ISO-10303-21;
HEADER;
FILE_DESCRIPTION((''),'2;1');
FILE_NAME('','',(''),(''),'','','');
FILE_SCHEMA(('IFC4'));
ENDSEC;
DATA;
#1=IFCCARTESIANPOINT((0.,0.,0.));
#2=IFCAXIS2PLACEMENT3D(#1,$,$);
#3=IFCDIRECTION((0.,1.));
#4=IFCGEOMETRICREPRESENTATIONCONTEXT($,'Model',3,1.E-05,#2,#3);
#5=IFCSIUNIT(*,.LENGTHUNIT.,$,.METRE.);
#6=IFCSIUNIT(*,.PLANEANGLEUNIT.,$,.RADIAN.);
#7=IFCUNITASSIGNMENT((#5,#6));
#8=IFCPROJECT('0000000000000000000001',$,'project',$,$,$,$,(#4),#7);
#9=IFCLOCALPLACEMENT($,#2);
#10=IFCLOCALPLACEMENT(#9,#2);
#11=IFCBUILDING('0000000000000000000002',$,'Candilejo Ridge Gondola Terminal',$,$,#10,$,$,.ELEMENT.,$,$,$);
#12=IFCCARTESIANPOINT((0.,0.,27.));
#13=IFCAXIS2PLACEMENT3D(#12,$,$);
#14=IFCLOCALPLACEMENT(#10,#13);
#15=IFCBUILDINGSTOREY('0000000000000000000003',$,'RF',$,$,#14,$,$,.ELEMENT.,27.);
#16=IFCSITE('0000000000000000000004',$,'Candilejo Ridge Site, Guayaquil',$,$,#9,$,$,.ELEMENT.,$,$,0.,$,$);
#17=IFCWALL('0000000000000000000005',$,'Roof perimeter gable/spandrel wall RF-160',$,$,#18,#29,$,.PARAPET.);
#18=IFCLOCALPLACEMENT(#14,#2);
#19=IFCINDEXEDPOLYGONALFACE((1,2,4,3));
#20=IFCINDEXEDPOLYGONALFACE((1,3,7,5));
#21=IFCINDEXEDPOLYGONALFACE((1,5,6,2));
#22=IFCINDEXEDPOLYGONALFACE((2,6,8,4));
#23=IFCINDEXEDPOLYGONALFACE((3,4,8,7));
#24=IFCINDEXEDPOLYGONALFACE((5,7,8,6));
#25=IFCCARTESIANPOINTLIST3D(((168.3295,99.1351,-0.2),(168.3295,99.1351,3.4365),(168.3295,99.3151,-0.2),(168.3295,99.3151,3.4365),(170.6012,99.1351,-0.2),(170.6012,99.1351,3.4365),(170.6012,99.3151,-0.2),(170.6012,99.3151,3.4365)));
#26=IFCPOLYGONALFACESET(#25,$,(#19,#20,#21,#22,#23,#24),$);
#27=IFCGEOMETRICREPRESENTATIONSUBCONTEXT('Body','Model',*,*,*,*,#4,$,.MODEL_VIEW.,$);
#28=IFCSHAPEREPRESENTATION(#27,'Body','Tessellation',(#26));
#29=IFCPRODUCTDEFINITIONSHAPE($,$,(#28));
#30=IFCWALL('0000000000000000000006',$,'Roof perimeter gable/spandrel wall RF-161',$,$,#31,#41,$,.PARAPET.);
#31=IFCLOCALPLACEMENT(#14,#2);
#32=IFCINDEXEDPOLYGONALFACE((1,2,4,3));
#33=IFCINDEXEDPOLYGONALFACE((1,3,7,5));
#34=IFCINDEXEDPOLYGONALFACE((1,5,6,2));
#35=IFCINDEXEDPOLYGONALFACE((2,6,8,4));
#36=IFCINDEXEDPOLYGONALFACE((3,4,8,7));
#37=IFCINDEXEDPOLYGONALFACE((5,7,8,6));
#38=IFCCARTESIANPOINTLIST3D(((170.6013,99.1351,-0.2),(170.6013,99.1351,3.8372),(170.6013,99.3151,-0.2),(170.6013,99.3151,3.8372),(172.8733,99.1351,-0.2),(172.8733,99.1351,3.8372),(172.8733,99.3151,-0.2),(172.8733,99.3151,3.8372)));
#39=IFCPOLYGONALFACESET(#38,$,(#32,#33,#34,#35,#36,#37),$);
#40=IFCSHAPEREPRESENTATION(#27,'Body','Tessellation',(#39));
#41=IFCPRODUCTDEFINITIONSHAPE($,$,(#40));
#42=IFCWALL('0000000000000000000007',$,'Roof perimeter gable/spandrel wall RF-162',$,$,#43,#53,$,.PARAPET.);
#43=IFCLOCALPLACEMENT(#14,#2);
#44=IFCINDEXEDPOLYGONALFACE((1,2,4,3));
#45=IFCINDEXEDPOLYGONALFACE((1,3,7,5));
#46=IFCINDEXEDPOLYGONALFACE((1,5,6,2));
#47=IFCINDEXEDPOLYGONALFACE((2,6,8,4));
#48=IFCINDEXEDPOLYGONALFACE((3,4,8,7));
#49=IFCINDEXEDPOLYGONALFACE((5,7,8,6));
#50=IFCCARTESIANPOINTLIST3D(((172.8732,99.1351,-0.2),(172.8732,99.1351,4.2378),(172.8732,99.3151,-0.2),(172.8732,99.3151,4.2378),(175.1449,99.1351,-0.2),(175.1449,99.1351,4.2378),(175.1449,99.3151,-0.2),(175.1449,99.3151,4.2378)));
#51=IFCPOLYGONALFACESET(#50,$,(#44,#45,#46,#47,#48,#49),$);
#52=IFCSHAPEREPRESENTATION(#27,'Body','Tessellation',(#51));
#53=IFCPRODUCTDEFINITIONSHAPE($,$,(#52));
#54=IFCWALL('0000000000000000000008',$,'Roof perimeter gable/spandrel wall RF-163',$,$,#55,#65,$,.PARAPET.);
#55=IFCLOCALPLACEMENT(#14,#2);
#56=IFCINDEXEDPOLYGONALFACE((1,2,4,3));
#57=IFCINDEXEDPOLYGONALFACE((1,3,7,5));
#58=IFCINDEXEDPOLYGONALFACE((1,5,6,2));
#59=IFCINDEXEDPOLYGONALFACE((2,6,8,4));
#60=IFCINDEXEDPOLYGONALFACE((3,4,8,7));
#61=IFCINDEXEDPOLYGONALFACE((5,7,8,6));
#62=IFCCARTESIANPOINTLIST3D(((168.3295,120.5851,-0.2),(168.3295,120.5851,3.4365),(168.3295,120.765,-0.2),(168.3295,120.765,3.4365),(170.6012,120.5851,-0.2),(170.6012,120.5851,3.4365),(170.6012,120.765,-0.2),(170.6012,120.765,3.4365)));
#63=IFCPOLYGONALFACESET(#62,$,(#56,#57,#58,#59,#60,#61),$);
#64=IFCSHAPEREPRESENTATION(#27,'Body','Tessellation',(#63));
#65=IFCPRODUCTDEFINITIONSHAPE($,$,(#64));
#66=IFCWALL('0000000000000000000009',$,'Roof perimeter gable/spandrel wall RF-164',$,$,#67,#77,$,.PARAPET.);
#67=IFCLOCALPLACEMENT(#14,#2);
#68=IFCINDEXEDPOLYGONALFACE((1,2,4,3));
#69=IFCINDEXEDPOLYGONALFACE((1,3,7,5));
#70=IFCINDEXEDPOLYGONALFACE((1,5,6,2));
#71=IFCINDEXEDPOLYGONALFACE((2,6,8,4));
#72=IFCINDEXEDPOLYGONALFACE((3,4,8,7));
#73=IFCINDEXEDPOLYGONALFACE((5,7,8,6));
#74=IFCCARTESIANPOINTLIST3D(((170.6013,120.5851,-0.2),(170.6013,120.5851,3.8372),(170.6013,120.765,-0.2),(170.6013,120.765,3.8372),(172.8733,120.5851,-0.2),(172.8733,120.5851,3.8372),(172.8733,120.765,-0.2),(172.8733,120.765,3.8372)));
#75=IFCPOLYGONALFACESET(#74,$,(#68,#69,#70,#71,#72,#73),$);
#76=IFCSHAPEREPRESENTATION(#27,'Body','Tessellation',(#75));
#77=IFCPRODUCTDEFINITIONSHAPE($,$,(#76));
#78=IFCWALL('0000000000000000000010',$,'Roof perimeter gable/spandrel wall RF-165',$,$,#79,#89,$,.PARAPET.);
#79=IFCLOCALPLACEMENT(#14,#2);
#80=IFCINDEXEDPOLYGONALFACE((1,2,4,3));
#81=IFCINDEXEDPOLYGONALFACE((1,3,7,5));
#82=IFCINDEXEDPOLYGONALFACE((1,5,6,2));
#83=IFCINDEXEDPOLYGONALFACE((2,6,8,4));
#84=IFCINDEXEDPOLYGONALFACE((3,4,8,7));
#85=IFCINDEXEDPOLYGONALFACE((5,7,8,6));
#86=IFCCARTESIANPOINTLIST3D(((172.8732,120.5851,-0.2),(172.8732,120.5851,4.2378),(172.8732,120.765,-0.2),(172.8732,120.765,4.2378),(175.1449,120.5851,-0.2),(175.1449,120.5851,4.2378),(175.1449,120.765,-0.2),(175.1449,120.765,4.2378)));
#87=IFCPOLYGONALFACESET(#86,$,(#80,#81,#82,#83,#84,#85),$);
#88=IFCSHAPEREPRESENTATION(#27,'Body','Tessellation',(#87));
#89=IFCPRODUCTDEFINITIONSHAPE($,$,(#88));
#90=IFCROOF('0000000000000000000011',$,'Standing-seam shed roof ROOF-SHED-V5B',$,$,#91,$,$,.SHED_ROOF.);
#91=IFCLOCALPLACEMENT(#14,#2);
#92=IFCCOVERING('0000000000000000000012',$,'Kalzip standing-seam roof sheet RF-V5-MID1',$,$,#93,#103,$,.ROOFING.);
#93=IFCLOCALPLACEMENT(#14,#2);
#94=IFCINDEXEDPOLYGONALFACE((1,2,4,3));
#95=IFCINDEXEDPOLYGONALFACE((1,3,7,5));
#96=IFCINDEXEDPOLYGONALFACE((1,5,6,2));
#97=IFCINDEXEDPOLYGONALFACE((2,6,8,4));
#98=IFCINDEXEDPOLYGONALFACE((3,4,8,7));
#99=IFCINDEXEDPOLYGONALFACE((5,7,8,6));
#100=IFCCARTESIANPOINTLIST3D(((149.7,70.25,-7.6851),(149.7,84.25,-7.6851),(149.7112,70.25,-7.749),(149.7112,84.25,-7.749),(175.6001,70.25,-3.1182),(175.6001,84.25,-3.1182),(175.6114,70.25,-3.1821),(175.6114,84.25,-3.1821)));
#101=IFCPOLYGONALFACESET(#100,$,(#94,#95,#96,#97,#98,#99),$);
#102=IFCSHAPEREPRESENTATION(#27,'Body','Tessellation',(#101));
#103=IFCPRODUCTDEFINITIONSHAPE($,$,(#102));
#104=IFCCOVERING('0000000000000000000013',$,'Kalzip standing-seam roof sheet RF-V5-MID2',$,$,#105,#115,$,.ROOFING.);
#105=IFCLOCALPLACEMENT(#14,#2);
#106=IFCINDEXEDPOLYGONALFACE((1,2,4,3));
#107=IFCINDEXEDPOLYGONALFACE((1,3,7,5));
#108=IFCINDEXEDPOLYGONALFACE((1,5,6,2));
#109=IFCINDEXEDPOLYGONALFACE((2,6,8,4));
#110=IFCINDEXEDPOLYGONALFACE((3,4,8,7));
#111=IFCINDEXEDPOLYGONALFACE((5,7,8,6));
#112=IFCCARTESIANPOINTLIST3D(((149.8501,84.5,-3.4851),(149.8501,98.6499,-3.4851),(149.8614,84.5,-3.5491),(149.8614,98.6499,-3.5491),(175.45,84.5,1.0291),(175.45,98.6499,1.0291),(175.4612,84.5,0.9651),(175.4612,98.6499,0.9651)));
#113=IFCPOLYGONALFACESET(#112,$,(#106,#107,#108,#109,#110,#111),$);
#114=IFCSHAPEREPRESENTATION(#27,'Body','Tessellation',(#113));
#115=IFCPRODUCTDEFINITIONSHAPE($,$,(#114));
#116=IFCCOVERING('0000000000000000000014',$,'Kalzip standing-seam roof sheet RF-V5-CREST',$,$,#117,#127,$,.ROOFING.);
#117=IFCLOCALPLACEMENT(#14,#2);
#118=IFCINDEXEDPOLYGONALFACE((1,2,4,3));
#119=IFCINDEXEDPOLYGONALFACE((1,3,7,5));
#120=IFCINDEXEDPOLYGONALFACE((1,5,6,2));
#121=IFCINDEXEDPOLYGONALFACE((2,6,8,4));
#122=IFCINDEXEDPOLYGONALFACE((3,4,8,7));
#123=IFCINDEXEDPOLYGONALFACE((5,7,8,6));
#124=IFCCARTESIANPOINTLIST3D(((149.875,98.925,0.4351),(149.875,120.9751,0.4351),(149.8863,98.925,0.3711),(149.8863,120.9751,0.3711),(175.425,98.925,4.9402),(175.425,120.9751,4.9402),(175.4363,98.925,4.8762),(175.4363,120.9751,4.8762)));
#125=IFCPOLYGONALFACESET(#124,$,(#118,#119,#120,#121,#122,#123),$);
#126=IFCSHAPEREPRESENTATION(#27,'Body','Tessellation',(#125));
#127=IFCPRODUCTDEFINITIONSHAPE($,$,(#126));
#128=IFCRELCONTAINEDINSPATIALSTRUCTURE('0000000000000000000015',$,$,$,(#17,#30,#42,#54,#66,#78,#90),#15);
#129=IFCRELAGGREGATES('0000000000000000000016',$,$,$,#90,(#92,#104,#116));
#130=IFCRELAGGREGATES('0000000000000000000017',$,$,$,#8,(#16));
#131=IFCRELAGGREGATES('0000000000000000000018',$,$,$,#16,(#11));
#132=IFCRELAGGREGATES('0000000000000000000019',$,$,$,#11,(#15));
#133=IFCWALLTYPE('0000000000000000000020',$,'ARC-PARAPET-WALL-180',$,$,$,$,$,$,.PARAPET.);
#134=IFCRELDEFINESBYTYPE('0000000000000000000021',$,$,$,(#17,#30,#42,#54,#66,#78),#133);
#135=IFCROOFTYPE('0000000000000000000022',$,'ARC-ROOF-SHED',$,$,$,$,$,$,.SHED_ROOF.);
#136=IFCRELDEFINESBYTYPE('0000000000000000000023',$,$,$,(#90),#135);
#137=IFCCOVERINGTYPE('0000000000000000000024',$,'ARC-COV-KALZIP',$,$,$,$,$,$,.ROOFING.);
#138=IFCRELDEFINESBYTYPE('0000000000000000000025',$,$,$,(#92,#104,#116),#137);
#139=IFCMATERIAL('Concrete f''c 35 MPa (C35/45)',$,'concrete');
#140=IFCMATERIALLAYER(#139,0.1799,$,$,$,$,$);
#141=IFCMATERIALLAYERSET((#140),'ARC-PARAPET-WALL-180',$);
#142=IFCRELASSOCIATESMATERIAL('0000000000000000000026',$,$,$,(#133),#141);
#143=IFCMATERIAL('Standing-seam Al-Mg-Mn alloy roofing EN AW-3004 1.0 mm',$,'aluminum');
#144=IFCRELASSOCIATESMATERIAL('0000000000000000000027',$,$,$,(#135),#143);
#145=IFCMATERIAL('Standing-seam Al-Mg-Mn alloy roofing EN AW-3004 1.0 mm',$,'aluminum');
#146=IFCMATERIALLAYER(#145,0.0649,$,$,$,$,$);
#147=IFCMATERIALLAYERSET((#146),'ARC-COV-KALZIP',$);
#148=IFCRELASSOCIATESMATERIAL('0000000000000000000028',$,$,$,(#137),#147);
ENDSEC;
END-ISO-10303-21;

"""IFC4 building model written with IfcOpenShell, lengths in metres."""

from ifc_helpers import new_model, si_unit, direction, frame, frame_2d, origin, place, context, subcontext, project, spatial, polyline, rectangle, outline, extrude, material, layer, layer_set, type_object, element, aggregate, save


model = new_model("IFC4")

# Units and contexts
model_context = context("Model", 3, precision=1e-05, world=origin(), true_north=direction((0.0, 1.0)))
body_context = subcontext(model_context, "Body", "Model", "MODEL_VIEW")
ifc_project = project(units=[si_unit("LENGTHUNIT", "METRE"), si_unit("PLANEANGLEUNIT", "RADIAN")], contexts=[model_context])

# Site, building, storey
site_placement = place(None, origin())
site = spatial("IfcSite", under=ifc_project, at=site_placement, Name="Candilejo Ridge Site, Guayaquil", CompositionType="ELEMENT", RefElevation=0.0)
building_placement = place(site_placement, origin())
building = spatial("IfcBuilding", under=site, at=building_placement, Name="Candilejo Ridge Gondola Terminal", CompositionType="ELEMENT")
storey_placement = place(building_placement, frame((0.0, 0.0, 27.0)))
storey = spatial("IfcBuildingStorey", under=building, at=storey_placement, Name="RF", CompositionType="ELEMENT", Elevation=27.0)

# Walls
ifc_material_1 = material(Name="Concrete f'c 35 MPa (C35/45)", Category="concrete")
ifc_layer_1 = layer(ifc_material_1, 0.1799)
ifc_layer_set_1 = layer_set([ifc_layer_1], Name="ARC-PARAPET-WALL-180")
wall_type = type_object("IfcWallType", Name="ARC-PARAPET-WALL-180", PredefinedType="PARAPET", material=ifc_layer_set_1)
wall_1_placement = place(storey_placement, frame((168.3296, 99.2251, -0.2), z_axis=(0.0, 0.0, 1.0), x_axis=(1.0, 0.0, 0.0)))
element("IfcWall", 1, at=wall_1_placement, inside=storey, type_object=wall_type, Name="Roof perimeter gable/spandrel wall RF-160", PredefinedType="PARAPET", context=body_context, shape_type="SweptSolid", body=[
    extrude(rectangle(XDim=2.2717, YDim=0.1799, at=frame_2d((1.1357, 0.0))), origin(), (0.0, 0.0, 1.0), 3.6365),
])
wall_2_placement = place(storey_placement, frame((170.6013, 99.2251, -0.2), z_axis=(0.0, 0.0, 1.0), x_axis=(1.0, 0.0, 0.0)))
element("IfcWall", 2, at=wall_2_placement, inside=storey, type_object=wall_type, Name="Roof perimeter gable/spandrel wall RF-161", PredefinedType="PARAPET", context=body_context, shape_type="SweptSolid", body=[
    extrude(rectangle(XDim=2.272, YDim=0.1799, at=frame_2d((1.136, 0.0))), origin(), (0.0, 0.0, 1.0), 4.0371),
])
wall_3_placement = place(storey_placement, frame((172.8733, 99.2251, -0.2), z_axis=(0.0, 0.0, 1.0), x_axis=(1.0, 0.0, 0.0)))
element("IfcWall", 3, at=wall_3_placement, inside=storey, type_object=wall_type, Name="Roof perimeter gable/spandrel wall RF-162", PredefinedType="PARAPET", context=body_context, shape_type="SweptSolid", body=[
    extrude(rectangle(XDim=2.2717, YDim=0.1799, at=frame_2d((1.1357, 0.0))), origin(), (0.0, 0.0, 1.0), 4.4377),
])
wall_4_placement = place(storey_placement, frame((168.3296, 120.675, -0.2), z_axis=(0.0, 0.0, 1.0), x_axis=(1.0, 0.0, 0.0)))
element("IfcWall", 4, at=wall_4_placement, inside=storey, type_object=wall_type, Name="Roof perimeter gable/spandrel wall RF-163", PredefinedType="PARAPET", context=body_context, shape_type="SweptSolid", body=[
    extrude(rectangle(XDim=2.2717, YDim=0.1799, at=frame_2d((1.1357, 0.0))), origin(), (0.0, 0.0, 1.0), 3.6365),
])
wall_5_placement = place(storey_placement, frame((170.6013, 120.675, -0.2), z_axis=(0.0, 0.0, 1.0), x_axis=(1.0, 0.0, 0.0)))
element("IfcWall", 5, at=wall_5_placement, inside=storey, type_object=wall_type, Name="Roof perimeter gable/spandrel wall RF-164", PredefinedType="PARAPET", context=body_context, shape_type="SweptSolid", body=[
    extrude(rectangle(XDim=2.272, YDim=0.1799, at=frame_2d((1.136, 0.0))), origin(), (0.0, 0.0, 1.0), 4.0371),
])
wall_6_placement = place(storey_placement, frame((172.8733, 120.675, -0.2), z_axis=(0.0, 0.0, 1.0), x_axis=(1.0, 0.0, 0.0)))
element("IfcWall", 6, at=wall_6_placement, inside=storey, type_object=wall_type, Name="Roof perimeter gable/spandrel wall RF-165", PredefinedType="PARAPET", context=body_context, shape_type="SweptSolid", body=[
    extrude(rectangle(XDim=2.2717, YDim=0.1799, at=frame_2d((1.1357, 0.0))), origin(), (0.0, 0.0, 1.0), 4.4377),
])

# Roof, coverings
ifc_material_2 = material(Name="Standing-seam Al-Mg-Mn alloy roofing EN AW-3004 1.0 mm", Category="aluminum")
roof_type = type_object("IfcRoofType", Name="ARC-ROOF-SHED", PredefinedType="SHED_ROOF", material=ifc_material_2)
roof_placement = place(storey_placement, origin())
roof = element("IfcRoof", 7, at=roof_placement, inside=storey, type_object=roof_type, Name="Standing-seam shed roof ROOF-SHED-V5B", PredefinedType="SHED_ROOF")
ifc_material_3 = material(Name="Standing-seam Al-Mg-Mn alloy roofing EN AW-3004 1.0 mm", Category="aluminum")
ifc_layer_2 = layer(ifc_material_3, 0.0649)
ifc_layer_set_2 = layer_set([ifc_layer_2], Name="ARC-COV-KALZIP")
covering_type = type_object("IfcCoveringType", Name="ARC-COV-KALZIP", PredefinedType="ROOFING", material=ifc_layer_set_2)
placement_1 = place(building_placement, frame((0.0, 0.0, 18.6001)))
covering_1_placement = place(placement_1, frame((149.7, 70.25, 0.7148), z_axis=(-0.173648, 0.0, 0.984808), x_axis=(0.984808, 0.0, 0.173648)))
covering_1 = element("IfcCovering", 8, at=covering_1_placement, type_object=covering_type, Name="Kalzip standing-seam roof sheet RF-V5-MID1", PredefinedType="ROOFING", context=body_context, shape_type="SweptSolid", body=[
    extrude(outline(polyline([(0.0, 0.0), (26.2997, 0.0), (26.2997, 14.0), (0.0, 14.0), (0.0, 0.0)])), origin(), (0.0, 0.0, -1.0), 0.0649),
])
placement_2 = place(building_placement, frame((0.0, 0.0, 22.8)))
covering_2_placement = place(placement_2, frame((149.8501, 84.5, 0.7148), z_axis=(-0.173656, 0.0, 0.984806), x_axis=(0.984806, 0.0, 0.173656)))
covering_2 = element("IfcCovering", 9, at=covering_2_placement, type_object=covering_type, Name="Kalzip standing-seam roof sheet RF-V5-MID2", PredefinedType="ROOFING", context=body_context, shape_type="SweptSolid", body=[
    extrude(outline(polyline([(0.0, 0.0), (25.9948, 0.0), (25.9948, 14.1499), (0.0, 14.1499), (0.0, 0.0)])), origin(), (0.0, 0.0, -1.0), 0.0649),
])
covering_3_placement = place(storey_placement, frame((149.875, 98.925, 0.4351), z_axis=(-0.173647, 0.0, 0.984808), x_axis=(0.984808, 0.0, 0.173647)))
covering_3 = element("IfcCovering", 10, at=covering_3_placement, type_object=covering_type, Name="Kalzip standing-seam roof sheet RF-V5-CREST", PredefinedType="ROOFING", context=body_context, shape_type="SweptSolid", body=[
    extrude(outline(polyline([(0.0, 0.0), (25.9442, 0.0), (25.9442, 22.05), (0.0, 22.05), (0.0, 0.0)])), origin(), (0.0, 0.0, -1.0), 0.0649),
])
aggregate(roof, [covering_1, covering_2, covering_3])

save(model, "model.ifc")
